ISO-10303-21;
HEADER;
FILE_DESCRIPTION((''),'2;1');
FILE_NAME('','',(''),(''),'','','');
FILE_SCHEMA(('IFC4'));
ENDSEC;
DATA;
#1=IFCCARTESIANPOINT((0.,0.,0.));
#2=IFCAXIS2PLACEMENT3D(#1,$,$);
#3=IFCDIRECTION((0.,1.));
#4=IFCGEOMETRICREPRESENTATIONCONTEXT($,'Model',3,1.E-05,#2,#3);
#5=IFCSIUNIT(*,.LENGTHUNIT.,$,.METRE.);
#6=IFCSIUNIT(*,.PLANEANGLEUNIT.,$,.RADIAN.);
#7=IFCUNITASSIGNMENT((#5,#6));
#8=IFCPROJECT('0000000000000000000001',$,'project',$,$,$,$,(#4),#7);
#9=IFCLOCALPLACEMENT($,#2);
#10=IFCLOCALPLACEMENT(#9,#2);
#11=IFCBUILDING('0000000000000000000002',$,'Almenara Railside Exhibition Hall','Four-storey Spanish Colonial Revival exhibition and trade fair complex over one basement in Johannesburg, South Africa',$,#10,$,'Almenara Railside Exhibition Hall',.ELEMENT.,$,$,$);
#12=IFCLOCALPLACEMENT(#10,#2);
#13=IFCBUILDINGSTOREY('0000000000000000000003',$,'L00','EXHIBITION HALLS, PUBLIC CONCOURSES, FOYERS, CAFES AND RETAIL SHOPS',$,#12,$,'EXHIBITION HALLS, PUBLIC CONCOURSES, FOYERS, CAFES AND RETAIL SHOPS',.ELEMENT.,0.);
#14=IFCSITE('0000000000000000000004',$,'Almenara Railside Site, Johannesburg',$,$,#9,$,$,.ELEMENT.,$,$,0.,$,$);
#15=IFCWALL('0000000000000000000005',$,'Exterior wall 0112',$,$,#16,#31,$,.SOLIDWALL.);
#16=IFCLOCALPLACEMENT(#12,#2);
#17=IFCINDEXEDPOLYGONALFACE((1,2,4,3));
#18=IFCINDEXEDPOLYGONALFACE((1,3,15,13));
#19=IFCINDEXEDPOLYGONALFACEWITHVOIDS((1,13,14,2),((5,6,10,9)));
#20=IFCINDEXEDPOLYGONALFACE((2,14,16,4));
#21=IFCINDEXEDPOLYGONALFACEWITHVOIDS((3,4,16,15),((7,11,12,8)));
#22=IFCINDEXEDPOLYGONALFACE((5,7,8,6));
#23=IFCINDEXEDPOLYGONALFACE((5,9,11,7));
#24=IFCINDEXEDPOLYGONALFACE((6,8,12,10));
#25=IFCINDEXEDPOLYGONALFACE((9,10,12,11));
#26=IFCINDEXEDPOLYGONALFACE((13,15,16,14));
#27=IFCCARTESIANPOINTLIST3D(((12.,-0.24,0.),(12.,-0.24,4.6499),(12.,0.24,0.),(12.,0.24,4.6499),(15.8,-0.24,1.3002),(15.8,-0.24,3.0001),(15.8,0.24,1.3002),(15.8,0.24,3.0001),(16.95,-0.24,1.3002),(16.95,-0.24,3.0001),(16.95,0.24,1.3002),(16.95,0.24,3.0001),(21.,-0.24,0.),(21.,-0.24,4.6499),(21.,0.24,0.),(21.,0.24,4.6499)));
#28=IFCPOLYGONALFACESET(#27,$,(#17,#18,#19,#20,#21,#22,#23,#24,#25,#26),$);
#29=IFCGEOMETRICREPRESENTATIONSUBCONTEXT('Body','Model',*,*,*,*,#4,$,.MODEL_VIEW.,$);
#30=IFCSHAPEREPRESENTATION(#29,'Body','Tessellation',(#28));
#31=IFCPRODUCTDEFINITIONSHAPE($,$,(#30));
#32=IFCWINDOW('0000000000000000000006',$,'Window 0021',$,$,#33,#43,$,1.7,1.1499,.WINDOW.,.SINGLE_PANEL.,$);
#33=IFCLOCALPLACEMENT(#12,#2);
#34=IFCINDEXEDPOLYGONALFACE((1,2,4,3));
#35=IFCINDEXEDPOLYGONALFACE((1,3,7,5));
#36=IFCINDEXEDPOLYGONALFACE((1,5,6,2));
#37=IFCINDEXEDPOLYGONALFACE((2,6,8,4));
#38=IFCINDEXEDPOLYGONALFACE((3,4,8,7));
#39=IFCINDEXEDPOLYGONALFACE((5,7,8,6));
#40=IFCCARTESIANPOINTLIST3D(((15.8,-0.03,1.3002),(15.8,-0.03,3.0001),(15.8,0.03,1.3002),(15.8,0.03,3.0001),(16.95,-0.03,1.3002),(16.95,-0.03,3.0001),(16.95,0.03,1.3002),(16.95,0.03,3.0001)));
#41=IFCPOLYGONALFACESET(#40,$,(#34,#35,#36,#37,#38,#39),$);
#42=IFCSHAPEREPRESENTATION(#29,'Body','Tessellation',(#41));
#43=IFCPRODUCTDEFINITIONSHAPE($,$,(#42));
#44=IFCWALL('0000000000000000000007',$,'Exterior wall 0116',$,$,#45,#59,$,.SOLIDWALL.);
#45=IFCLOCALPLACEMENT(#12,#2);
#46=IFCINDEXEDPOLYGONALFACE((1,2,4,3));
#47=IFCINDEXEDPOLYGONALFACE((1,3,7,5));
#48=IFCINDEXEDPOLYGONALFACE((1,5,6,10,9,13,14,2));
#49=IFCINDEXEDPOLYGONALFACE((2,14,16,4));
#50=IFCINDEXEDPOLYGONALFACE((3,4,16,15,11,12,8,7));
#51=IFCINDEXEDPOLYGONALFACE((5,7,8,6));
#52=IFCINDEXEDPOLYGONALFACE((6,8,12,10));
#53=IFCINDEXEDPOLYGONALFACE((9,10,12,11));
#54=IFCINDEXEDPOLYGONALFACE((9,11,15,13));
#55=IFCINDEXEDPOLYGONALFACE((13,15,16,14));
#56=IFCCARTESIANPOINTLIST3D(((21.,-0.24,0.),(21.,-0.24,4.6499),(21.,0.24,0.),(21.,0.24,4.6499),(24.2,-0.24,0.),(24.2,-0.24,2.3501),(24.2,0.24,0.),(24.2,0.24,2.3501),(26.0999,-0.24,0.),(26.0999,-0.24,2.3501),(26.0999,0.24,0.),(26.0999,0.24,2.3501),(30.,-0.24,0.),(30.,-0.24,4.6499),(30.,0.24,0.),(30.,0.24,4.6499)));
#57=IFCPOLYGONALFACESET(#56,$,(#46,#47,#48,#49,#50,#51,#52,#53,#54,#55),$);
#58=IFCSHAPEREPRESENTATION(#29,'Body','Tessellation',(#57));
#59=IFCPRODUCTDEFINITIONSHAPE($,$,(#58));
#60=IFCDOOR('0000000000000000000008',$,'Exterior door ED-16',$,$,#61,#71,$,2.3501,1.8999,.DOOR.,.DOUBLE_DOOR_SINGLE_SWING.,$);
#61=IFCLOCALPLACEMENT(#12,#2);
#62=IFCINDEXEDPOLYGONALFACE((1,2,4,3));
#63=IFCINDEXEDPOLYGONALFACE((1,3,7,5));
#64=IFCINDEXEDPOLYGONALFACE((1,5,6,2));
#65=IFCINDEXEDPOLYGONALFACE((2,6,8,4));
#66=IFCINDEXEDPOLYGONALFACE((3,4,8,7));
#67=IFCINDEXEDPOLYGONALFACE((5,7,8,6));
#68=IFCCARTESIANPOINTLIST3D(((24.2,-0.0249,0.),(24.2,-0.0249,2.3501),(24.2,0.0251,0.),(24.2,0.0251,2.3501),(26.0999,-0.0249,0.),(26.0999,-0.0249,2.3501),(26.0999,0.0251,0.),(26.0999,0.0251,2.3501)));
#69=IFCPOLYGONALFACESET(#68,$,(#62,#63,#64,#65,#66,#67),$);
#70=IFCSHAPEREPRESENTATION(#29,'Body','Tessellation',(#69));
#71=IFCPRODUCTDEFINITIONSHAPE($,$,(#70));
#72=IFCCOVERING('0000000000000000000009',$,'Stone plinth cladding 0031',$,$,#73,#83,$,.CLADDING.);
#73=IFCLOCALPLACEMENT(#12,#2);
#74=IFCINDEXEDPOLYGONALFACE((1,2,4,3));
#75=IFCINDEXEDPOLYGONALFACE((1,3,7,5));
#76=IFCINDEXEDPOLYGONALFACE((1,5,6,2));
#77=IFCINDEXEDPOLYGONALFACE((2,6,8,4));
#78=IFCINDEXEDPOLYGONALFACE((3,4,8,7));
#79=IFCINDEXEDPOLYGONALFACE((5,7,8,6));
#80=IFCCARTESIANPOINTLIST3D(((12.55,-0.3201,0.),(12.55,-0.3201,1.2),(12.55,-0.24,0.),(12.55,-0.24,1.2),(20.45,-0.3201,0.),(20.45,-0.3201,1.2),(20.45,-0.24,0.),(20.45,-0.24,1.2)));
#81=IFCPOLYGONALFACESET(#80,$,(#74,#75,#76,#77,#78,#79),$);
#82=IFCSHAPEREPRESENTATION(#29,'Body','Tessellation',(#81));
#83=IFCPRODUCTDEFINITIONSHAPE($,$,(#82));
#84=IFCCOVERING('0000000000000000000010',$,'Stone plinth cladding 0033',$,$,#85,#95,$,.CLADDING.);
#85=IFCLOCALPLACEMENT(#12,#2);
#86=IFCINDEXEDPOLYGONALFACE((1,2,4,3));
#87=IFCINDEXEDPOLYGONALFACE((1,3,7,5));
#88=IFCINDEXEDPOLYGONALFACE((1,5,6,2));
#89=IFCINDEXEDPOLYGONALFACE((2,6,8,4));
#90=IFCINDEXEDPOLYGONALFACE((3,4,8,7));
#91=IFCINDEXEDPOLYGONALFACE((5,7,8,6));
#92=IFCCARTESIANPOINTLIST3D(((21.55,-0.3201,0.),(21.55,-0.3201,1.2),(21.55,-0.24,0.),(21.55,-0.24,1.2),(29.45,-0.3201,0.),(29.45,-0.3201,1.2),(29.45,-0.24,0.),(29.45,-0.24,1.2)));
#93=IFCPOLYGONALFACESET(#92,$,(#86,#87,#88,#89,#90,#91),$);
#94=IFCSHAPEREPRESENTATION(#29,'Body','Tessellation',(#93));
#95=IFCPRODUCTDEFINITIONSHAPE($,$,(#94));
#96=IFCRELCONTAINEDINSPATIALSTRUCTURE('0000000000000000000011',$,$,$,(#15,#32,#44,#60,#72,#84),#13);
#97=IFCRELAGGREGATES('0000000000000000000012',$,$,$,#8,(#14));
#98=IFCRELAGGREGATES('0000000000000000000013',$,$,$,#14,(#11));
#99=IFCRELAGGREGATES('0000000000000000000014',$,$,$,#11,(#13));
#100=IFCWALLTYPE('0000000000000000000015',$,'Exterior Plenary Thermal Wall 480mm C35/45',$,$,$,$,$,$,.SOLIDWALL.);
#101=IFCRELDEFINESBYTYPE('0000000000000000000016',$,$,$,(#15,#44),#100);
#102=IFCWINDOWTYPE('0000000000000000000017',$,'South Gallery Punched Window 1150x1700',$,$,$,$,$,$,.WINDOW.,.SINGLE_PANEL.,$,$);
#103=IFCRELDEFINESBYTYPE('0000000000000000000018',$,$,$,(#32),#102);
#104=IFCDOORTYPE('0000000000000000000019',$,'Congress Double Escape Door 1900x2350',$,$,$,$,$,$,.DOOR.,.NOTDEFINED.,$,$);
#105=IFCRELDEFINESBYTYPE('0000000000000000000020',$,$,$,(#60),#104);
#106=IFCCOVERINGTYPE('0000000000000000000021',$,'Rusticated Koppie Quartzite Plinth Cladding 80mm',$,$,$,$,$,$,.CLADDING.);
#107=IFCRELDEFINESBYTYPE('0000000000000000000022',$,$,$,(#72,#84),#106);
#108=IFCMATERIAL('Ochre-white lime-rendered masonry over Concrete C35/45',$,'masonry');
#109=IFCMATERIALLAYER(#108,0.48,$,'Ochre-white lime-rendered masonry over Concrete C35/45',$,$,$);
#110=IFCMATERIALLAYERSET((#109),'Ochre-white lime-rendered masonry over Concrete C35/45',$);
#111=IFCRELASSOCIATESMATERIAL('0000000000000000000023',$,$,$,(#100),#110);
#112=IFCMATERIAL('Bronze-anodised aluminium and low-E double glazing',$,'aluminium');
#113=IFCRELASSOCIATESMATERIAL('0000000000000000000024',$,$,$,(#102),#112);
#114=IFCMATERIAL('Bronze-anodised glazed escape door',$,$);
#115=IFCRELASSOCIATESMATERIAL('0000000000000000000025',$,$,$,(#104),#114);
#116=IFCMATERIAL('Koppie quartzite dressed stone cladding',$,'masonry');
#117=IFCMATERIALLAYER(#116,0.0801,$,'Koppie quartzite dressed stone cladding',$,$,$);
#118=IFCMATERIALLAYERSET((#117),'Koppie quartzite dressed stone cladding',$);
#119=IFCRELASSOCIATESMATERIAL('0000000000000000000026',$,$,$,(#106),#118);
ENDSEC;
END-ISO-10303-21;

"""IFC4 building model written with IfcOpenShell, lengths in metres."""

from ifc_helpers import new_model, si_unit, direction, frame, frame_2d, origin, origin_2d, place, context, subcontext, project, spatial, rectangle, extrude, material, layer, layer_set, type_object, element, fill, save


model = new_model("IFC4")

# Units and contexts
model_context = context("Model", 3, precision=1e-05, world=origin(), true_north=direction((0.0, 1.0)))
body_context = subcontext(model_context, "Body", "Model", "MODEL_VIEW")
ifc_project = project(units=[si_unit("LENGTHUNIT", "METRE"), si_unit("PLANEANGLEUNIT", "RADIAN")], contexts=[model_context])

# Site, building, storey
site_placement = place(None, origin())
site = spatial("IfcSite", under=ifc_project, at=site_placement, Name="Almenara Railside Site, Johannesburg", CompositionType="ELEMENT", RefElevation=0.0)
building_placement = place(site_placement, origin())
building = spatial("IfcBuilding", under=site, at=building_placement, Name="Almenara Railside Exhibition Hall", Description="Four-storey Spanish Colonial Revival exhibition and trade fair complex over one basement in Johannesburg, South Africa", LongName="Almenara Railside Exhibition Hall", CompositionType="ELEMENT")
storey_placement = place(building_placement, origin())
storey = spatial("IfcBuildingStorey", under=building, at=storey_placement, Name="L00", Description="EXHIBITION HALLS, PUBLIC CONCOURSES, FOYERS, CAFES AND RETAIL SHOPS", LongName="EXHIBITION HALLS, PUBLIC CONCOURSES, FOYERS, CAFES AND RETAIL SHOPS", CompositionType="ELEMENT", Elevation=0.0)

# Wall, opening, window
ifc_material_1 = material(Name="Ochre-white lime-rendered masonry over Concrete C35/45", Category="masonry")
ifc_layer_1 = layer(ifc_material_1, 0.48, Name="Ochre-white lime-rendered masonry over Concrete C35/45")
ifc_layer_set_1 = layer_set([ifc_layer_1], Name="Ochre-white lime-rendered masonry over Concrete C35/45")
wall_type = type_object("IfcWallType", Name="Exterior Plenary Thermal Wall 480mm C35/45", PredefinedType="SOLIDWALL", material=ifc_layer_set_1)
wall_1_placement = place(storey_placement, frame((12.0, 0.0, 0.0), z_axis=(0.0, 0.0, 1.0), x_axis=(1.0, 0.0, 0.0)))
wall_1 = element("IfcWall", 1, at=wall_1_placement, inside=storey, type_object=wall_type, Name="Exterior wall 0112", PredefinedType="SOLIDWALL", context=body_context, shape_type="SweptSolid", body=[
    extrude(rectangle(XDim=9.0, YDim=0.48, at=frame_2d((4.5, 0.0))), origin(), (0.0, 0.0, 1.0), 4.6499),
])
opening_1_placement = place(wall_1_placement, frame((3.8, 0.0, 1.3)))
opening_1 = element("IfcOpeningElement", 2, at=opening_1_placement, cuts=wall_1, PredefinedType="OPENING", context=body_context, shape_type="SweptSolid", body=[
    extrude(rectangle(XDim=1.1499, YDim=1.7, at=frame_2d((0.575, 0.8501))), frame((0.0, 0.25, 0.0), z_axis=(0.0, -1.0, 0.0), x_axis=(1.0, 0.0, 0.0)), (0.0, 0.0, 1.0), 0.5),
])
ifc_material_2 = material(Name="Bronze-anodised aluminium and low-E double glazing", Category="aluminium")
window_type = type_object("IfcWindowType", Name="South Gallery Punched Window 1150x1700", PartitioningType="SINGLE_PANEL", PredefinedType="WINDOW", material=ifc_material_2)
window_placement = place(opening_1_placement, origin())
window = element("IfcWindow", 3, at=window_placement, inside=storey, type_object=window_type, Name="Window 0021", OverallHeight=1.7, OverallWidth=1.1499, PartitioningType="SINGLE_PANEL", PredefinedType="WINDOW", context=body_context, shape_type="SweptSolid", body=[
    extrude(rectangle(XDim=1.1499, YDim=1.7, at=frame_2d((0.575, 0.8501))), frame((0.0, 0.03, 0.0), z_axis=(0.0, -1.0, 0.0), x_axis=(1.0, 0.0, 0.0)), (0.0, 0.0, 1.0), 0.0601),
])
fill(opening_1, window)

# Wall, opening, door
wall_2_placement = place(storey_placement, frame((21.0, 0.0, 0.0), z_axis=(0.0, 0.0, 1.0), x_axis=(1.0, 0.0, 0.0)))
wall_2 = element("IfcWall", 4, at=wall_2_placement, inside=storey, type_object=wall_type, Name="Exterior wall 0116", PredefinedType="SOLIDWALL", context=body_context, shape_type="SweptSolid", body=[
    extrude(rectangle(XDim=9.0, YDim=0.48, at=frame_2d((4.5, 0.0))), origin(), (0.0, 0.0, 1.0), 4.6499),
])
opening_2_placement = place(wall_2_placement, frame((3.2, 0.0, 0.0)))
opening_2 = element("IfcOpeningElement", 5, at=opening_2_placement, cuts=wall_2, PredefinedType="OPENING", context=body_context, shape_type="SweptSolid", body=[
    extrude(rectangle(XDim=1.8999, YDim=2.3501, at=frame_2d((0.95, 1.175))), frame((0.0, 0.25, 0.0), z_axis=(0.0, -1.0, 0.0), x_axis=(1.0, 0.0, 0.0)), (0.0, 0.0, 1.0), 0.5),
])
ifc_material_3 = material(Name="Bronze-anodised glazed escape door")
door_type = type_object("IfcDoorType", Name="Congress Double Escape Door 1900x2350", OperationType="NOTDEFINED", PredefinedType="DOOR", material=ifc_material_3)
door_placement = place(opening_2_placement, frame((1.8999, 0.0, 0.0), z_axis=(0.0, 0.0, 1.0), x_axis=(-1.0, 0.0, 0.0)))
door = element("IfcDoor", 6, at=door_placement, inside=storey, type_object=door_type, Name="Exterior door ED-16", OperationType="DOUBLE_DOOR_SINGLE_SWING", OverallHeight=2.3501, OverallWidth=1.8999, PredefinedType="DOOR", context=body_context, shape_type="SweptSolid", body=[
    extrude(rectangle(XDim=1.8999, YDim=2.3501, at=frame_2d((0.95, 1.175))), frame((0.0, 0.0249, 0.0), z_axis=(0.0, -1.0, 0.0), x_axis=(1.0, 0.0, 0.0)), (0.0, 0.0, 1.0), 0.05),
])
fill(opening_2, door)

# Coverings
ifc_material_4 = material(Name="Koppie quartzite dressed stone cladding", Category="masonry")
ifc_layer_2 = layer(ifc_material_4, 0.0801, Name="Koppie quartzite dressed stone cladding")
ifc_layer_set_2 = layer_set([ifc_layer_2], Name="Koppie quartzite dressed stone cladding")
covering_type = type_object("IfcCoveringType", Name="Rusticated Koppie Quartzite Plinth Cladding 80mm", PredefinedType="CLADDING", material=ifc_layer_set_2)
for number, where, z_axis, x_axis, name in (
    (7, (16.5, -0.28, 0.0), (0.0, 0.0, 1.0), (1.0, 0.0, 0.0), "Stone plinth cladding 0031"),
    (8, (25.5, -0.28, 0.0), (0.0, 0.0, 1.0), (1.0, 0.0, 0.0), "Stone plinth cladding 0033"),
):
    element("IfcCovering", number, at=place(storey_placement, frame(where, z_axis=z_axis, x_axis=x_axis)), inside=storey, type_object=covering_type, Name=name, PredefinedType="CLADDING", context=body_context, shape_type="SweptSolid", body=[
        extrude(rectangle(XDim=7.8999, YDim=0.0801, at=origin_2d()), origin(), (0.0, 0.0, 1.0), 1.2),
    ])

save(model, "model.ifc")
